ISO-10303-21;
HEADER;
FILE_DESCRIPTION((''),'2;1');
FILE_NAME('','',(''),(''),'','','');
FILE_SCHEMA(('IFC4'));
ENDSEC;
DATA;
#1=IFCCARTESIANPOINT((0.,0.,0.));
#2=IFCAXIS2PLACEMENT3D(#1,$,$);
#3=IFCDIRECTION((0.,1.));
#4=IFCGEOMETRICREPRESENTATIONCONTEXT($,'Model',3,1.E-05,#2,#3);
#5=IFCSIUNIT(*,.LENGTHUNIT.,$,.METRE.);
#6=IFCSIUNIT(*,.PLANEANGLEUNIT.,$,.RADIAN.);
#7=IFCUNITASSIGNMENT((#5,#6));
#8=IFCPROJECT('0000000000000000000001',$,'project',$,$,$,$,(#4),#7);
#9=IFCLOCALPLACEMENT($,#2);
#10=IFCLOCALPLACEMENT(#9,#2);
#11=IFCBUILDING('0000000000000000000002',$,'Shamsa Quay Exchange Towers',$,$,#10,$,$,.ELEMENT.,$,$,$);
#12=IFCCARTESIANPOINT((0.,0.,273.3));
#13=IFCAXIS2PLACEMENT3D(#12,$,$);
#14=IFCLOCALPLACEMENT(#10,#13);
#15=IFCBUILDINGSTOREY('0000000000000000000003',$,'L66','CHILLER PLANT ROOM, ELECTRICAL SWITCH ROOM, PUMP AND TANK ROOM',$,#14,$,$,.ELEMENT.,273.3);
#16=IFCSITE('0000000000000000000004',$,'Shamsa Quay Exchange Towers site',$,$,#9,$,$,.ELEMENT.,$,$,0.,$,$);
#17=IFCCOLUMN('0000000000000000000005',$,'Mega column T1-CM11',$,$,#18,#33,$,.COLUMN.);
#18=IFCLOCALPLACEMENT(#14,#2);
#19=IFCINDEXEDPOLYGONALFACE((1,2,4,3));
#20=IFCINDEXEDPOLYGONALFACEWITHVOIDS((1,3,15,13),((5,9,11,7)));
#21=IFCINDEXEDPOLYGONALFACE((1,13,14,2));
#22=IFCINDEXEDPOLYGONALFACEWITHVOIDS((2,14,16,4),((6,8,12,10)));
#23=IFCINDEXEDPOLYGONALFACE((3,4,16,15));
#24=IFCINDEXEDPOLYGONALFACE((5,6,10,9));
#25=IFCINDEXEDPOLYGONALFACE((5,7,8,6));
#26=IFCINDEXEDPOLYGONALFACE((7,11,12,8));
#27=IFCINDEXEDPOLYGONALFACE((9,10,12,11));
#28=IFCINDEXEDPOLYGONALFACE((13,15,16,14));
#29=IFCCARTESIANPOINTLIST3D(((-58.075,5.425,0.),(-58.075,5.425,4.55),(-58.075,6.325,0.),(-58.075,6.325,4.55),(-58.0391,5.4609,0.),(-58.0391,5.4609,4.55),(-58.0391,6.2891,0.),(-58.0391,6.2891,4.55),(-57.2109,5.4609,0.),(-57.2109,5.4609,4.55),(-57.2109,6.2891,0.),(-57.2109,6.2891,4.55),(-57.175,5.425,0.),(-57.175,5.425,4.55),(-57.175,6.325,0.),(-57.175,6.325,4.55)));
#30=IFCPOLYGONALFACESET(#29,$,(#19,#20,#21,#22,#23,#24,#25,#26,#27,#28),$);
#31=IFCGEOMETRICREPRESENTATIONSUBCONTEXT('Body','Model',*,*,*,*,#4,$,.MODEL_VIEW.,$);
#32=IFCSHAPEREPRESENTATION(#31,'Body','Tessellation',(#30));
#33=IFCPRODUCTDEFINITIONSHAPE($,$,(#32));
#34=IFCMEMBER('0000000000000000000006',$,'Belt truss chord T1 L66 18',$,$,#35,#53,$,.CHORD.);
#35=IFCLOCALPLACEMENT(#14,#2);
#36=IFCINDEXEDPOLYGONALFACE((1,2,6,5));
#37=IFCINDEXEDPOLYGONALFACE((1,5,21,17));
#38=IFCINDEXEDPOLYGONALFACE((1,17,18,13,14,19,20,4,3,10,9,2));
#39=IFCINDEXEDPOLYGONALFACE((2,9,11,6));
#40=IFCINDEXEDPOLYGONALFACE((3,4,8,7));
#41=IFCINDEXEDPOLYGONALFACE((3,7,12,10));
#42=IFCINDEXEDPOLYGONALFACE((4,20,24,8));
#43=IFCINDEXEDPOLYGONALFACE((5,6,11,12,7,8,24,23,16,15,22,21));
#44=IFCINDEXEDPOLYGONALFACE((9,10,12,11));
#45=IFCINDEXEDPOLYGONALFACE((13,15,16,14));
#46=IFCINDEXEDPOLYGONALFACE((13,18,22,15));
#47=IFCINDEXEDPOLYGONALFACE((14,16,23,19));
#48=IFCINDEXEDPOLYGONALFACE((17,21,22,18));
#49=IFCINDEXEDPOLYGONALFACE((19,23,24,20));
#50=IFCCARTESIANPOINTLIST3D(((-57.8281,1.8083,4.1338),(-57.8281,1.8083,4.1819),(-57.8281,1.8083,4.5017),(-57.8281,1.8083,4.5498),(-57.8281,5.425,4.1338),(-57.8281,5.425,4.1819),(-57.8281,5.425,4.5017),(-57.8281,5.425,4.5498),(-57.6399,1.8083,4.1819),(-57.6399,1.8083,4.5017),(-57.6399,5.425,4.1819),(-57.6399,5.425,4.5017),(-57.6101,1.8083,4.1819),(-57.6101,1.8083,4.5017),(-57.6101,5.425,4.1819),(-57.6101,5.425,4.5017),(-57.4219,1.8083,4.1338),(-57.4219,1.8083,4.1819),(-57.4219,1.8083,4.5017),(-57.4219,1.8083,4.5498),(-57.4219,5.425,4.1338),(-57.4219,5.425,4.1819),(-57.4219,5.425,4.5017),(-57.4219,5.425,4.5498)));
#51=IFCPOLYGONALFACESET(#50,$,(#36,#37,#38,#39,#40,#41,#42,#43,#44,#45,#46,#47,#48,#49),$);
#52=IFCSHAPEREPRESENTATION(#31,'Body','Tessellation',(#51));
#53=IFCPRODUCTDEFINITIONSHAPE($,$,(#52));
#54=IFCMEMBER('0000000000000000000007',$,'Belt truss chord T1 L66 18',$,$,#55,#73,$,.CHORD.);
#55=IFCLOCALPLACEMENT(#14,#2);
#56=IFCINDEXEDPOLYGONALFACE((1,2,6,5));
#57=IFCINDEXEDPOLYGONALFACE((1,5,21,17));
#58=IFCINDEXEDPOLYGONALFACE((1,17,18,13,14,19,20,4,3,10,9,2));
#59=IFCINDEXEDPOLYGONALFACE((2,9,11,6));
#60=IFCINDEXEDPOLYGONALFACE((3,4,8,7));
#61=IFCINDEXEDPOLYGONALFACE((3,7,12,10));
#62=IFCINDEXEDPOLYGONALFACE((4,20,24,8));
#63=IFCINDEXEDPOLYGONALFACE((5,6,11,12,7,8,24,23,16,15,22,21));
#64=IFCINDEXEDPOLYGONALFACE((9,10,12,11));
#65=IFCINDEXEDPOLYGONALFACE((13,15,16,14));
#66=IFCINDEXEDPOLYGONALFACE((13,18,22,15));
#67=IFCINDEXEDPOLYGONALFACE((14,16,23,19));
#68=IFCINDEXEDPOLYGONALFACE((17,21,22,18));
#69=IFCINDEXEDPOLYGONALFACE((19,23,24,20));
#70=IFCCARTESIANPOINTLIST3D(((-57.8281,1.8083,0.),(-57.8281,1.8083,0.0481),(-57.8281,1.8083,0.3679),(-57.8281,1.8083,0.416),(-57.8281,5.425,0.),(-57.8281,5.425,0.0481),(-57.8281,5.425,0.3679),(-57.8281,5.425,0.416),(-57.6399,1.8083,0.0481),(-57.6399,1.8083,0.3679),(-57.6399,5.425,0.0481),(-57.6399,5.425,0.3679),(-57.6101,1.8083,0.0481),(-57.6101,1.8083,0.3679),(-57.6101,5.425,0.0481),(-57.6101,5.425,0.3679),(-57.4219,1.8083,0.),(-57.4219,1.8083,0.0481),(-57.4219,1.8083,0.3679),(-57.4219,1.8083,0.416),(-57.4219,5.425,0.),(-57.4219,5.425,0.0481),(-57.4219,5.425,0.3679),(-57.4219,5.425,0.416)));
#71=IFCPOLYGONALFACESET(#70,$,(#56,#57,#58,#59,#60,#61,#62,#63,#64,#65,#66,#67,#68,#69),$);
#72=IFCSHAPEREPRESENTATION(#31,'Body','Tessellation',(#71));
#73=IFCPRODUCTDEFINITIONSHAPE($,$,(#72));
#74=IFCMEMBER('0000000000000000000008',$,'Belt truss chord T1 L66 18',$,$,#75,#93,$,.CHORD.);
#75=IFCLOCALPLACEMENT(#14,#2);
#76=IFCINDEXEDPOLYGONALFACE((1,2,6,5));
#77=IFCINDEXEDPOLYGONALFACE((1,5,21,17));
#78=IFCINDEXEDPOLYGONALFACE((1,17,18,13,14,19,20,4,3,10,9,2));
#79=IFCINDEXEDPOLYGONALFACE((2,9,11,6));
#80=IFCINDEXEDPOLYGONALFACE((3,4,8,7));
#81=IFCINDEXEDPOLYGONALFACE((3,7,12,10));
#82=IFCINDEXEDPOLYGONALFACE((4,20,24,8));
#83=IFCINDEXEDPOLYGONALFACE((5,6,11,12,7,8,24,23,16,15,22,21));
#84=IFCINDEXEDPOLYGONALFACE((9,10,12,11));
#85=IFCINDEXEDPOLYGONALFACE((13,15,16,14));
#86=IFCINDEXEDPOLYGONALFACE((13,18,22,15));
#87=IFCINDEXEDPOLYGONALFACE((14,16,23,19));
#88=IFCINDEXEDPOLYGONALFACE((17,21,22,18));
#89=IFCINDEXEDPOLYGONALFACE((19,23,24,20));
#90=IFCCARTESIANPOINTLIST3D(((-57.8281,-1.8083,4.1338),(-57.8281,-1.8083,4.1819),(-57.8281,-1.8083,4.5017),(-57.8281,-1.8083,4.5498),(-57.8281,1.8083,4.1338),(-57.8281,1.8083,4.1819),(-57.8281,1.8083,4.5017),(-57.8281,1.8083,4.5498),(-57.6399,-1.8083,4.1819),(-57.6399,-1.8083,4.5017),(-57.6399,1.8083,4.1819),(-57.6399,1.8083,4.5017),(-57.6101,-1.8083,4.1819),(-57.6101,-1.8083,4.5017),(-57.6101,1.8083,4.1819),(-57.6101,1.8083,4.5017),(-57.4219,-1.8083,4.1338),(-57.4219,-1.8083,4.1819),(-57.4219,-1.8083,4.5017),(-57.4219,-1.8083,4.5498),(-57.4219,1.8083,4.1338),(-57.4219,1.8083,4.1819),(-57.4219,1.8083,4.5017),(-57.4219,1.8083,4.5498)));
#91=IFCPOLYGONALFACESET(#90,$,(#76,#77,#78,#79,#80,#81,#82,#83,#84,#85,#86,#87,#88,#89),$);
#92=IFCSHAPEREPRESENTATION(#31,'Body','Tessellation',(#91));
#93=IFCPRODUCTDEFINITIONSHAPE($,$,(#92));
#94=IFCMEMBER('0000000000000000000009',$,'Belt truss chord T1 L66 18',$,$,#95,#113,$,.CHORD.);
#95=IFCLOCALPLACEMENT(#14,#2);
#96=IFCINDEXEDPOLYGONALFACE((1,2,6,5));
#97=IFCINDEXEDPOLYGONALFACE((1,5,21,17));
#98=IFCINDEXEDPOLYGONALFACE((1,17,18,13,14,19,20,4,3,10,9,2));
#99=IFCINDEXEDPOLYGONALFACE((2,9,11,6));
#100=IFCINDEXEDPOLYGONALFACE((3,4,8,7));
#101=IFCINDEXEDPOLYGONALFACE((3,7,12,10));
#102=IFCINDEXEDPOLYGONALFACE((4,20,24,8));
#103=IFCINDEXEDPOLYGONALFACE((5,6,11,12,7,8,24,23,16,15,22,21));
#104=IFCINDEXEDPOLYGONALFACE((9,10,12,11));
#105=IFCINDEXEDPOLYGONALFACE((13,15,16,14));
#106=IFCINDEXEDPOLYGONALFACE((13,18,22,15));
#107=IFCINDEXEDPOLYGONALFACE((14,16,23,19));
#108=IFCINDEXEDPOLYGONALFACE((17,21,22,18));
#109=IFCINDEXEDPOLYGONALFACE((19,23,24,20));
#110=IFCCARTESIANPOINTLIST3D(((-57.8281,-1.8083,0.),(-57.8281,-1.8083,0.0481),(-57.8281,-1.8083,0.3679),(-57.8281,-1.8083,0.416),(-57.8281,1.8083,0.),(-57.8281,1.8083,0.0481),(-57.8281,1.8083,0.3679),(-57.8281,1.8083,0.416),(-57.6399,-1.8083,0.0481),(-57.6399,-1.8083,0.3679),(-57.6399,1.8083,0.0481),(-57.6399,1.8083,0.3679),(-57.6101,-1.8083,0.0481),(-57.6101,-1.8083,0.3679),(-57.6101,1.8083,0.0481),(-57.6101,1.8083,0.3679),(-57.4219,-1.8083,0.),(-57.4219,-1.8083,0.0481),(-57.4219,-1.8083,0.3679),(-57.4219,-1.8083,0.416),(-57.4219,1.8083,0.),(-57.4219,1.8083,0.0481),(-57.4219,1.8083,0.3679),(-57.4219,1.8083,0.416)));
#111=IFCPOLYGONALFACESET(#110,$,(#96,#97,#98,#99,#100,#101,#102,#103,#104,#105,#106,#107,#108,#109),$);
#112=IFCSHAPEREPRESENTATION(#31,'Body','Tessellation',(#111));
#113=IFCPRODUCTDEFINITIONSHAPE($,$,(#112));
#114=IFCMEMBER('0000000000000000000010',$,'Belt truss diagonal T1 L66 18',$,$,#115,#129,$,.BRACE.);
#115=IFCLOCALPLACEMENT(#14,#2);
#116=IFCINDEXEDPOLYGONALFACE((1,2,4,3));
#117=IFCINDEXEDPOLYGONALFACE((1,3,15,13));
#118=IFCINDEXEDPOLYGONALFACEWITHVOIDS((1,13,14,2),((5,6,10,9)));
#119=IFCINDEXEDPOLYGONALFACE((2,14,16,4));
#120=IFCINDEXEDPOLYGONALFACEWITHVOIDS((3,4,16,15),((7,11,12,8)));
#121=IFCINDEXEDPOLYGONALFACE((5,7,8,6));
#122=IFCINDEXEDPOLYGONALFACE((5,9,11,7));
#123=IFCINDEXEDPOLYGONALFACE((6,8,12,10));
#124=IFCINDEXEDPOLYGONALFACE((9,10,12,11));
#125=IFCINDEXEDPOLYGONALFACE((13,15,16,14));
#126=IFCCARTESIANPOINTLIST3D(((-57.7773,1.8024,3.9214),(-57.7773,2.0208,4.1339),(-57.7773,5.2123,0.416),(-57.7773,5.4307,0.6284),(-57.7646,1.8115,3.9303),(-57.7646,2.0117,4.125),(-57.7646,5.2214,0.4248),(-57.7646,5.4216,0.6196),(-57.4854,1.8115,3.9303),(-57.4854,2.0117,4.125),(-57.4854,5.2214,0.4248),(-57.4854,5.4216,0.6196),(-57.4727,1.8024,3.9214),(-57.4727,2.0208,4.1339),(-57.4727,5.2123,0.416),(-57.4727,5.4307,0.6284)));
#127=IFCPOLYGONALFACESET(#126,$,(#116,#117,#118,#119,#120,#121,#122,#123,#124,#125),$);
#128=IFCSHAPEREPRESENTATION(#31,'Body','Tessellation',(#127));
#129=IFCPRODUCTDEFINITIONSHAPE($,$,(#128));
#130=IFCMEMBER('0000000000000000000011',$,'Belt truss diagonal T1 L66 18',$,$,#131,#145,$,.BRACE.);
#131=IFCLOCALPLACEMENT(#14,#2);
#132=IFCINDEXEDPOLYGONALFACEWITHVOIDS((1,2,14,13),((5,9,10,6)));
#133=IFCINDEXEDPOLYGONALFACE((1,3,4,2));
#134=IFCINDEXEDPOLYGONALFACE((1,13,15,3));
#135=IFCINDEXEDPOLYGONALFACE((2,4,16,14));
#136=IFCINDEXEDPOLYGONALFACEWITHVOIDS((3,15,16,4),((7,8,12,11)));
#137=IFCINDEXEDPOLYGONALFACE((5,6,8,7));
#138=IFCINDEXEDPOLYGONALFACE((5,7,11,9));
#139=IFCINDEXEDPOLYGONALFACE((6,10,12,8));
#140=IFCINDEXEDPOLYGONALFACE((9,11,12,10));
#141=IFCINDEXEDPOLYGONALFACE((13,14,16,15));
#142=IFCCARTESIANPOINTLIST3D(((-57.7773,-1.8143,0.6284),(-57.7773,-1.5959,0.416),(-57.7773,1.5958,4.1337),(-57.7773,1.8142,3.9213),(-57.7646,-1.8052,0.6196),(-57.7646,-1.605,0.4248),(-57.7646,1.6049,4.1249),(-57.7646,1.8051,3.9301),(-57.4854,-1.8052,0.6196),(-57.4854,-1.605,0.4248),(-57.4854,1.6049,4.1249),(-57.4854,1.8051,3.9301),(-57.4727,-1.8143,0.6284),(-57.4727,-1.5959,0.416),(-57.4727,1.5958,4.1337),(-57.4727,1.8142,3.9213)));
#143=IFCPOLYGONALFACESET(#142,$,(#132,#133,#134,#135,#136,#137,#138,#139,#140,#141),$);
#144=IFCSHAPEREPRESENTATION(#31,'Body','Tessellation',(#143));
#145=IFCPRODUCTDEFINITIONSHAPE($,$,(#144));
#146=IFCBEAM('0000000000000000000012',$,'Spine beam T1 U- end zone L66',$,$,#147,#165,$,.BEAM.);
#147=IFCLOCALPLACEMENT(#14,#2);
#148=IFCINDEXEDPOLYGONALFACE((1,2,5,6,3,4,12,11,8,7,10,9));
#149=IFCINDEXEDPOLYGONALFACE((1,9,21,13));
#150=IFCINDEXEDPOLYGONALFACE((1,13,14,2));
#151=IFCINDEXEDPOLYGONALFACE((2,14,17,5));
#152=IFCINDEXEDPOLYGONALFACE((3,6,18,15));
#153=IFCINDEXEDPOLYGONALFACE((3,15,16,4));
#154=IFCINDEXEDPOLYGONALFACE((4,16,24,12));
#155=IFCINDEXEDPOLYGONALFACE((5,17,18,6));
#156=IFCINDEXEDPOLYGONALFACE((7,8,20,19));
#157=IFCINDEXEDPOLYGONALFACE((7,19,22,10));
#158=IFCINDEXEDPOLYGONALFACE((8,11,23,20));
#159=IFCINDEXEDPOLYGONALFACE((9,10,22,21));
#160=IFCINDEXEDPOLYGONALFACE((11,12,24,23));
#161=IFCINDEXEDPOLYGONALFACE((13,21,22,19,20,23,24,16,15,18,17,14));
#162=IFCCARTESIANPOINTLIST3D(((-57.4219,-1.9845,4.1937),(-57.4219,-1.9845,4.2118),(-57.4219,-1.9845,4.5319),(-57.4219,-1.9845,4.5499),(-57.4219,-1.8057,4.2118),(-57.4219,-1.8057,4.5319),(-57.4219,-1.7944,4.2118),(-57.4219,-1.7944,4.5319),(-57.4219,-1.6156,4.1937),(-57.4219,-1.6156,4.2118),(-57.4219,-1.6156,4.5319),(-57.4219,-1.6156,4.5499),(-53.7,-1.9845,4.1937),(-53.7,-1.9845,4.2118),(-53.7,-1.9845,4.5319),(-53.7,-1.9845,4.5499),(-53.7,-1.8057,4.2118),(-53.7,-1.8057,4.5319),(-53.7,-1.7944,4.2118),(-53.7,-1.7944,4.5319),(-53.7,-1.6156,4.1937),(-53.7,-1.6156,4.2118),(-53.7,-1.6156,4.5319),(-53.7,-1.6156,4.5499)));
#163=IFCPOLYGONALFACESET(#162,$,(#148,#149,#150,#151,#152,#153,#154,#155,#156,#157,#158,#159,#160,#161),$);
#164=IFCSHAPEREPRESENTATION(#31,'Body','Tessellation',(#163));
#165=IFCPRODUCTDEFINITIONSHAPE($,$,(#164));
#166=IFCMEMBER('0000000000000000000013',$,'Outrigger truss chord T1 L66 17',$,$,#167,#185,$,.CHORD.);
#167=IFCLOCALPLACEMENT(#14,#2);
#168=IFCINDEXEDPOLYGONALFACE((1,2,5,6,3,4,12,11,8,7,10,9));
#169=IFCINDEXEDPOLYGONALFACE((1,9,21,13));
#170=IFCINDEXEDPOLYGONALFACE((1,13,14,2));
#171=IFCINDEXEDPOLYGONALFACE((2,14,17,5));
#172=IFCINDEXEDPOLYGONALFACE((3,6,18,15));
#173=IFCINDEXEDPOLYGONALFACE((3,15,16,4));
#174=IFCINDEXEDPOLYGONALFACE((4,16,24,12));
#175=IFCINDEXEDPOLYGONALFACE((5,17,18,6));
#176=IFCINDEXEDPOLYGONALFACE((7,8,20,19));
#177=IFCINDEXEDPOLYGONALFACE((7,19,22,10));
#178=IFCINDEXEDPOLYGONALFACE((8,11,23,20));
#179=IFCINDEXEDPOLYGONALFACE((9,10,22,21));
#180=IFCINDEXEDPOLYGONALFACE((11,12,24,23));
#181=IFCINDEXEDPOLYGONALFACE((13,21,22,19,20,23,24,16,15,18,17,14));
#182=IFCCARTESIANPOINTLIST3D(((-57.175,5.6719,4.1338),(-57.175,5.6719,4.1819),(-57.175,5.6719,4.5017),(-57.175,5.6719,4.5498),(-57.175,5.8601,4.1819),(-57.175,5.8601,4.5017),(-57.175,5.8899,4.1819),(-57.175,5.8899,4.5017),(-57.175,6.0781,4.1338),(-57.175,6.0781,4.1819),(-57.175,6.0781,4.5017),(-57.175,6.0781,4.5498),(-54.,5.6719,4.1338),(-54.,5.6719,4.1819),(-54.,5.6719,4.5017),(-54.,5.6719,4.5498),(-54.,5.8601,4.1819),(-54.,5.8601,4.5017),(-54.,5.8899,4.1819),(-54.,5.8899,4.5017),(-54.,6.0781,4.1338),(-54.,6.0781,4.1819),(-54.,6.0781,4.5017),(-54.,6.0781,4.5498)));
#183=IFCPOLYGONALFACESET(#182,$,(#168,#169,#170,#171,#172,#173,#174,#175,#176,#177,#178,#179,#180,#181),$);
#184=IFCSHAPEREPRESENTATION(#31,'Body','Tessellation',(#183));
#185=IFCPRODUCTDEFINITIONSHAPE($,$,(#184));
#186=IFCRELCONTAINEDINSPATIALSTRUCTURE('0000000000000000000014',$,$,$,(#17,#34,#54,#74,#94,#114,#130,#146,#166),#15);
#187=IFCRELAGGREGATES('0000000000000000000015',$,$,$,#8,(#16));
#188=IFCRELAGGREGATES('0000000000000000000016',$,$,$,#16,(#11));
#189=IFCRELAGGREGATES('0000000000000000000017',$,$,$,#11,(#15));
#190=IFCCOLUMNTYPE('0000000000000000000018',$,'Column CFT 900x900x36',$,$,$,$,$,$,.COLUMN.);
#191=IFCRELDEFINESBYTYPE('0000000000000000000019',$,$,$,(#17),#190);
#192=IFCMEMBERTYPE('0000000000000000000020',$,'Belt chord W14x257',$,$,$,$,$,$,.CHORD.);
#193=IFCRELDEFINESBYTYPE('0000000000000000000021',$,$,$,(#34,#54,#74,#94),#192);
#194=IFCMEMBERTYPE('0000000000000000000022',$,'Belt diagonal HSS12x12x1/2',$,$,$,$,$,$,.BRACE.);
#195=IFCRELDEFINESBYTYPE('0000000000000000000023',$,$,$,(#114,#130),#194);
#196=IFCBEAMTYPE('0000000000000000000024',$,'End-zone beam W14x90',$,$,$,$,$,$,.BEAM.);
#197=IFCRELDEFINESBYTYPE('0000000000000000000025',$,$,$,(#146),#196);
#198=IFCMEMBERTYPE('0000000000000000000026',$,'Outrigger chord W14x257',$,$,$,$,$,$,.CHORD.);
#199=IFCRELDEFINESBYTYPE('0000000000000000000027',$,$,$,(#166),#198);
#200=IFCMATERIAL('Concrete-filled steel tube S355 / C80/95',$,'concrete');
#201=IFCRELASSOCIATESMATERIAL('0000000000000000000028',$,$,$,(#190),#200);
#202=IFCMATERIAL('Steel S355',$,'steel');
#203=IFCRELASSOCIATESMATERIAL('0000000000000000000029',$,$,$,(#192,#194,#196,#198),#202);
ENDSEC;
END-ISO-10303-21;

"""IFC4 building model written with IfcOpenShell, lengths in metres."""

from ifc_helpers import new_model, si_unit, direction, frame, origin, origin_2d, place, context, subcontext, project, spatial, hollow_rectangle, i_section, extrude, material, material_profile, profile_set, type_object, element, save


model = new_model("IFC4")

# Units and contexts
model_context = context("Model", 3, precision=1e-05, world=origin(), true_north=direction((0.0, 1.0)))
body_context = subcontext(model_context, "Body", "Model", "MODEL_VIEW")
ifc_project = project(units=[si_unit("LENGTHUNIT", "METRE"), si_unit("PLANEANGLEUNIT", "RADIAN")], contexts=[model_context])

# Site, building, storey
site_placement = place(None, origin())
site = spatial("IfcSite", under=ifc_project, at=site_placement, Name="Shamsa Quay Exchange Towers site", CompositionType="ELEMENT", RefElevation=0.0)
building_placement = place(site_placement, origin())
building = spatial("IfcBuilding", under=site, at=building_placement, Name="Shamsa Quay Exchange Towers", CompositionType="ELEMENT")
storey_placement = place(building_placement, frame((0.0, 0.0, 273.3)))
storey = spatial("IfcBuildingStorey", under=building, at=storey_placement, Name="L66", Description="CHILLER PLANT ROOM, ELECTRICAL SWITCH ROOM, PUMP AND TANK ROOM", CompositionType="ELEMENT", Elevation=273.3)

# Column
ifc_material_1 = material(Name="Concrete-filled steel tube S355 / C80/95", Category="concrete")
ifc_material_profile_1 = material_profile(ifc_material_1, hollow_rectangle(XDim=0.8999, YDim=0.8999, WallThickness=0.0359, at=origin_2d()), Name="CFT 900x900x36")
ifc_profile_set_1 = profile_set([ifc_material_profile_1], Name="Concrete-filled steel tube S355 / C80/95")
column_type = type_object("IfcColumnType", Name="Column CFT 900x900x36", PredefinedType="COLUMN", material=ifc_profile_set_1)
column_placement = place(storey_placement, frame((-57.625, 5.875, 0.0)))
element("IfcColumn", 1, at=column_placement, inside=storey, type_object=column_type, Name="Mega column T1-CM11", PredefinedType="COLUMN", context=body_context, shape_type="SweptSolid", body=[
    extrude(hollow_rectangle(XDim=0.8999, YDim=0.8999, WallThickness=0.0359, at=origin_2d()), origin(), (0.0, 0.0, 1.0), 4.55),
])

# Members
ifc_material_2 = material(Name="Steel S355", Category="steel")
ifc_material_profile_2 = material_profile(ifc_material_2, i_section(OverallWidth=0.4062, OverallDepth=0.416, WebThickness=0.0298, FlangeThickness=0.0481, at=origin_2d()), Name="W14x257")
ifc_profile_set_2 = profile_set([ifc_material_profile_2], Name="Steel S355")
member_type_1 = type_object("IfcMemberType", Name="Belt chord W14x257", PredefinedType="CHORD", material=ifc_profile_set_2)
for number, where, z_axis, x_axis, name in (
    (2, (-57.625, 5.425, 4.3418), (0.0, -1.0, 0.0), (1.0, 0.0, 0.0), "Belt truss chord T1 L66 18"),
    (3, (-57.625, 5.425, 0.208), (0.0, -1.0, 0.0), (1.0, 0.0, 0.0), "Belt truss chord T1 L66 18"),
    (4, (-57.625, 1.8083, 4.3418), (0.0, -1.0, 0.0), (1.0, 0.0, 0.0), "Belt truss chord T1 L66 18"),
    (5, (-57.625, 1.8083, 0.208), (0.0, -1.0, 0.0), (1.0, 0.0, 0.0), "Belt truss chord T1 L66 18"),
):
    element("IfcMember", number, at=place(storey_placement, frame(where, z_axis=z_axis, x_axis=x_axis)), inside=storey, type_object=member_type_1, Name=name, PredefinedType="CHORD", context=body_context, shape_type="SweptSolid", body=[
        extrude(i_section(OverallWidth=0.4062, OverallDepth=0.416, WebThickness=0.0298, FlangeThickness=0.0481, at=origin_2d()), origin(), (0.0, 0.0, 1.0), 3.6167),
    ])
ifc_material_profile_3 = material_profile(ifc_material_2, hollow_rectangle(XDim=0.3047, YDim=0.3047, WallThickness=0.0127, at=origin_2d()), Name="HSS12x12x1/2")
ifc_profile_set_3 = profile_set([ifc_material_profile_3], Name="Steel S355")
member_type_2 = type_object("IfcMemberType", Name="Belt diagonal HSS12x12x1/2", PredefinedType="BRACE", material=ifc_profile_set_3)
for number, where, z_axis, x_axis, name in (
    (6, (-57.625, 5.3215, 0.5222), (0.0, -0.697279, 0.716799), (1.0, 0.0, 0.0), "Belt truss diagonal T1 L66 18"),
    (7, (-57.625, -1.7051, 0.5222), (0.0, 0.697305, 0.716774), (-1.0, 0.0, 0.0), "Belt truss diagonal T1 L66 18"),
):
    element("IfcMember", number, at=place(storey_placement, frame(where, z_axis=z_axis, x_axis=x_axis)), inside=storey, type_object=member_type_2, Name=name, PredefinedType="BRACE", context=body_context, shape_type="SweptSolid", body=[
        extrude(hollow_rectangle(XDim=0.3047, YDim=0.3047, WallThickness=0.0127, at=origin_2d()), origin(), (0.0, 0.0, 1.0), 4.8904),
    ])

# Beam
ifc_material_profile_4 = material_profile(ifc_material_2, i_section(OverallWidth=0.3689, OverallDepth=0.3562, WebThickness=0.0112, FlangeThickness=0.0181, at=origin_2d()), Name="W14x90")
ifc_profile_set_4 = profile_set([ifc_material_profile_4], Name="Steel S355")
beam_type = type_object("IfcBeamType", Name="End-zone beam W14x90", PredefinedType="BEAM", material=ifc_profile_set_4)
beam_placement = place(storey_placement, frame((-53.7, -1.8, 4.3718), z_axis=(-1.0, 0.0, 0.0), x_axis=(0.0, -1.0, 0.0)))
element("IfcBeam", 8, at=beam_placement, inside=storey, type_object=beam_type, Name="Spine beam T1 U- end zone L66", PredefinedType="BEAM", context=body_context, shape_type="SweptSolid", body=[
    extrude(i_section(OverallWidth=0.3689, OverallDepth=0.3562, WebThickness=0.0112, FlangeThickness=0.0181, at=origin_2d()), origin(), (0.0, 0.0, 1.0), 3.7219),
])

# Member
ifc_material_profile_5 = material_profile(ifc_material_2, i_section(OverallWidth=0.4062, OverallDepth=0.416, WebThickness=0.0298, FlangeThickness=0.0481, at=origin_2d()), Name="W14x257")
ifc_profile_set_5 = profile_set([ifc_material_profile_5], Name="Steel S355")
member_type_3 = type_object("IfcMemberType", Name="Outrigger chord W14x257", PredefinedType="CHORD", material=ifc_profile_set_5)
for number, where, z_axis, x_axis, name in (
    (9, (-57.175, 5.875, 4.3418), (1.0, 0.0, 0.0), (0.0, 1.0, 0.0), "Outrigger truss chord T1 L66 17"),
):
    element("IfcMember", number, at=place(storey_placement, frame(where, z_axis=z_axis, x_axis=x_axis)), inside=storey, type_object=member_type_3, Name=name, PredefinedType="CHORD", context=body_context, shape_type="SweptSolid", body=[
        extrude(i_section(OverallWidth=0.4062, OverallDepth=0.416, WebThickness=0.0298, FlangeThickness=0.0481, at=origin_2d()), origin(), (0.0, 0.0, 1.0), 3.175),
    ])

save(model, "model.ifc")
